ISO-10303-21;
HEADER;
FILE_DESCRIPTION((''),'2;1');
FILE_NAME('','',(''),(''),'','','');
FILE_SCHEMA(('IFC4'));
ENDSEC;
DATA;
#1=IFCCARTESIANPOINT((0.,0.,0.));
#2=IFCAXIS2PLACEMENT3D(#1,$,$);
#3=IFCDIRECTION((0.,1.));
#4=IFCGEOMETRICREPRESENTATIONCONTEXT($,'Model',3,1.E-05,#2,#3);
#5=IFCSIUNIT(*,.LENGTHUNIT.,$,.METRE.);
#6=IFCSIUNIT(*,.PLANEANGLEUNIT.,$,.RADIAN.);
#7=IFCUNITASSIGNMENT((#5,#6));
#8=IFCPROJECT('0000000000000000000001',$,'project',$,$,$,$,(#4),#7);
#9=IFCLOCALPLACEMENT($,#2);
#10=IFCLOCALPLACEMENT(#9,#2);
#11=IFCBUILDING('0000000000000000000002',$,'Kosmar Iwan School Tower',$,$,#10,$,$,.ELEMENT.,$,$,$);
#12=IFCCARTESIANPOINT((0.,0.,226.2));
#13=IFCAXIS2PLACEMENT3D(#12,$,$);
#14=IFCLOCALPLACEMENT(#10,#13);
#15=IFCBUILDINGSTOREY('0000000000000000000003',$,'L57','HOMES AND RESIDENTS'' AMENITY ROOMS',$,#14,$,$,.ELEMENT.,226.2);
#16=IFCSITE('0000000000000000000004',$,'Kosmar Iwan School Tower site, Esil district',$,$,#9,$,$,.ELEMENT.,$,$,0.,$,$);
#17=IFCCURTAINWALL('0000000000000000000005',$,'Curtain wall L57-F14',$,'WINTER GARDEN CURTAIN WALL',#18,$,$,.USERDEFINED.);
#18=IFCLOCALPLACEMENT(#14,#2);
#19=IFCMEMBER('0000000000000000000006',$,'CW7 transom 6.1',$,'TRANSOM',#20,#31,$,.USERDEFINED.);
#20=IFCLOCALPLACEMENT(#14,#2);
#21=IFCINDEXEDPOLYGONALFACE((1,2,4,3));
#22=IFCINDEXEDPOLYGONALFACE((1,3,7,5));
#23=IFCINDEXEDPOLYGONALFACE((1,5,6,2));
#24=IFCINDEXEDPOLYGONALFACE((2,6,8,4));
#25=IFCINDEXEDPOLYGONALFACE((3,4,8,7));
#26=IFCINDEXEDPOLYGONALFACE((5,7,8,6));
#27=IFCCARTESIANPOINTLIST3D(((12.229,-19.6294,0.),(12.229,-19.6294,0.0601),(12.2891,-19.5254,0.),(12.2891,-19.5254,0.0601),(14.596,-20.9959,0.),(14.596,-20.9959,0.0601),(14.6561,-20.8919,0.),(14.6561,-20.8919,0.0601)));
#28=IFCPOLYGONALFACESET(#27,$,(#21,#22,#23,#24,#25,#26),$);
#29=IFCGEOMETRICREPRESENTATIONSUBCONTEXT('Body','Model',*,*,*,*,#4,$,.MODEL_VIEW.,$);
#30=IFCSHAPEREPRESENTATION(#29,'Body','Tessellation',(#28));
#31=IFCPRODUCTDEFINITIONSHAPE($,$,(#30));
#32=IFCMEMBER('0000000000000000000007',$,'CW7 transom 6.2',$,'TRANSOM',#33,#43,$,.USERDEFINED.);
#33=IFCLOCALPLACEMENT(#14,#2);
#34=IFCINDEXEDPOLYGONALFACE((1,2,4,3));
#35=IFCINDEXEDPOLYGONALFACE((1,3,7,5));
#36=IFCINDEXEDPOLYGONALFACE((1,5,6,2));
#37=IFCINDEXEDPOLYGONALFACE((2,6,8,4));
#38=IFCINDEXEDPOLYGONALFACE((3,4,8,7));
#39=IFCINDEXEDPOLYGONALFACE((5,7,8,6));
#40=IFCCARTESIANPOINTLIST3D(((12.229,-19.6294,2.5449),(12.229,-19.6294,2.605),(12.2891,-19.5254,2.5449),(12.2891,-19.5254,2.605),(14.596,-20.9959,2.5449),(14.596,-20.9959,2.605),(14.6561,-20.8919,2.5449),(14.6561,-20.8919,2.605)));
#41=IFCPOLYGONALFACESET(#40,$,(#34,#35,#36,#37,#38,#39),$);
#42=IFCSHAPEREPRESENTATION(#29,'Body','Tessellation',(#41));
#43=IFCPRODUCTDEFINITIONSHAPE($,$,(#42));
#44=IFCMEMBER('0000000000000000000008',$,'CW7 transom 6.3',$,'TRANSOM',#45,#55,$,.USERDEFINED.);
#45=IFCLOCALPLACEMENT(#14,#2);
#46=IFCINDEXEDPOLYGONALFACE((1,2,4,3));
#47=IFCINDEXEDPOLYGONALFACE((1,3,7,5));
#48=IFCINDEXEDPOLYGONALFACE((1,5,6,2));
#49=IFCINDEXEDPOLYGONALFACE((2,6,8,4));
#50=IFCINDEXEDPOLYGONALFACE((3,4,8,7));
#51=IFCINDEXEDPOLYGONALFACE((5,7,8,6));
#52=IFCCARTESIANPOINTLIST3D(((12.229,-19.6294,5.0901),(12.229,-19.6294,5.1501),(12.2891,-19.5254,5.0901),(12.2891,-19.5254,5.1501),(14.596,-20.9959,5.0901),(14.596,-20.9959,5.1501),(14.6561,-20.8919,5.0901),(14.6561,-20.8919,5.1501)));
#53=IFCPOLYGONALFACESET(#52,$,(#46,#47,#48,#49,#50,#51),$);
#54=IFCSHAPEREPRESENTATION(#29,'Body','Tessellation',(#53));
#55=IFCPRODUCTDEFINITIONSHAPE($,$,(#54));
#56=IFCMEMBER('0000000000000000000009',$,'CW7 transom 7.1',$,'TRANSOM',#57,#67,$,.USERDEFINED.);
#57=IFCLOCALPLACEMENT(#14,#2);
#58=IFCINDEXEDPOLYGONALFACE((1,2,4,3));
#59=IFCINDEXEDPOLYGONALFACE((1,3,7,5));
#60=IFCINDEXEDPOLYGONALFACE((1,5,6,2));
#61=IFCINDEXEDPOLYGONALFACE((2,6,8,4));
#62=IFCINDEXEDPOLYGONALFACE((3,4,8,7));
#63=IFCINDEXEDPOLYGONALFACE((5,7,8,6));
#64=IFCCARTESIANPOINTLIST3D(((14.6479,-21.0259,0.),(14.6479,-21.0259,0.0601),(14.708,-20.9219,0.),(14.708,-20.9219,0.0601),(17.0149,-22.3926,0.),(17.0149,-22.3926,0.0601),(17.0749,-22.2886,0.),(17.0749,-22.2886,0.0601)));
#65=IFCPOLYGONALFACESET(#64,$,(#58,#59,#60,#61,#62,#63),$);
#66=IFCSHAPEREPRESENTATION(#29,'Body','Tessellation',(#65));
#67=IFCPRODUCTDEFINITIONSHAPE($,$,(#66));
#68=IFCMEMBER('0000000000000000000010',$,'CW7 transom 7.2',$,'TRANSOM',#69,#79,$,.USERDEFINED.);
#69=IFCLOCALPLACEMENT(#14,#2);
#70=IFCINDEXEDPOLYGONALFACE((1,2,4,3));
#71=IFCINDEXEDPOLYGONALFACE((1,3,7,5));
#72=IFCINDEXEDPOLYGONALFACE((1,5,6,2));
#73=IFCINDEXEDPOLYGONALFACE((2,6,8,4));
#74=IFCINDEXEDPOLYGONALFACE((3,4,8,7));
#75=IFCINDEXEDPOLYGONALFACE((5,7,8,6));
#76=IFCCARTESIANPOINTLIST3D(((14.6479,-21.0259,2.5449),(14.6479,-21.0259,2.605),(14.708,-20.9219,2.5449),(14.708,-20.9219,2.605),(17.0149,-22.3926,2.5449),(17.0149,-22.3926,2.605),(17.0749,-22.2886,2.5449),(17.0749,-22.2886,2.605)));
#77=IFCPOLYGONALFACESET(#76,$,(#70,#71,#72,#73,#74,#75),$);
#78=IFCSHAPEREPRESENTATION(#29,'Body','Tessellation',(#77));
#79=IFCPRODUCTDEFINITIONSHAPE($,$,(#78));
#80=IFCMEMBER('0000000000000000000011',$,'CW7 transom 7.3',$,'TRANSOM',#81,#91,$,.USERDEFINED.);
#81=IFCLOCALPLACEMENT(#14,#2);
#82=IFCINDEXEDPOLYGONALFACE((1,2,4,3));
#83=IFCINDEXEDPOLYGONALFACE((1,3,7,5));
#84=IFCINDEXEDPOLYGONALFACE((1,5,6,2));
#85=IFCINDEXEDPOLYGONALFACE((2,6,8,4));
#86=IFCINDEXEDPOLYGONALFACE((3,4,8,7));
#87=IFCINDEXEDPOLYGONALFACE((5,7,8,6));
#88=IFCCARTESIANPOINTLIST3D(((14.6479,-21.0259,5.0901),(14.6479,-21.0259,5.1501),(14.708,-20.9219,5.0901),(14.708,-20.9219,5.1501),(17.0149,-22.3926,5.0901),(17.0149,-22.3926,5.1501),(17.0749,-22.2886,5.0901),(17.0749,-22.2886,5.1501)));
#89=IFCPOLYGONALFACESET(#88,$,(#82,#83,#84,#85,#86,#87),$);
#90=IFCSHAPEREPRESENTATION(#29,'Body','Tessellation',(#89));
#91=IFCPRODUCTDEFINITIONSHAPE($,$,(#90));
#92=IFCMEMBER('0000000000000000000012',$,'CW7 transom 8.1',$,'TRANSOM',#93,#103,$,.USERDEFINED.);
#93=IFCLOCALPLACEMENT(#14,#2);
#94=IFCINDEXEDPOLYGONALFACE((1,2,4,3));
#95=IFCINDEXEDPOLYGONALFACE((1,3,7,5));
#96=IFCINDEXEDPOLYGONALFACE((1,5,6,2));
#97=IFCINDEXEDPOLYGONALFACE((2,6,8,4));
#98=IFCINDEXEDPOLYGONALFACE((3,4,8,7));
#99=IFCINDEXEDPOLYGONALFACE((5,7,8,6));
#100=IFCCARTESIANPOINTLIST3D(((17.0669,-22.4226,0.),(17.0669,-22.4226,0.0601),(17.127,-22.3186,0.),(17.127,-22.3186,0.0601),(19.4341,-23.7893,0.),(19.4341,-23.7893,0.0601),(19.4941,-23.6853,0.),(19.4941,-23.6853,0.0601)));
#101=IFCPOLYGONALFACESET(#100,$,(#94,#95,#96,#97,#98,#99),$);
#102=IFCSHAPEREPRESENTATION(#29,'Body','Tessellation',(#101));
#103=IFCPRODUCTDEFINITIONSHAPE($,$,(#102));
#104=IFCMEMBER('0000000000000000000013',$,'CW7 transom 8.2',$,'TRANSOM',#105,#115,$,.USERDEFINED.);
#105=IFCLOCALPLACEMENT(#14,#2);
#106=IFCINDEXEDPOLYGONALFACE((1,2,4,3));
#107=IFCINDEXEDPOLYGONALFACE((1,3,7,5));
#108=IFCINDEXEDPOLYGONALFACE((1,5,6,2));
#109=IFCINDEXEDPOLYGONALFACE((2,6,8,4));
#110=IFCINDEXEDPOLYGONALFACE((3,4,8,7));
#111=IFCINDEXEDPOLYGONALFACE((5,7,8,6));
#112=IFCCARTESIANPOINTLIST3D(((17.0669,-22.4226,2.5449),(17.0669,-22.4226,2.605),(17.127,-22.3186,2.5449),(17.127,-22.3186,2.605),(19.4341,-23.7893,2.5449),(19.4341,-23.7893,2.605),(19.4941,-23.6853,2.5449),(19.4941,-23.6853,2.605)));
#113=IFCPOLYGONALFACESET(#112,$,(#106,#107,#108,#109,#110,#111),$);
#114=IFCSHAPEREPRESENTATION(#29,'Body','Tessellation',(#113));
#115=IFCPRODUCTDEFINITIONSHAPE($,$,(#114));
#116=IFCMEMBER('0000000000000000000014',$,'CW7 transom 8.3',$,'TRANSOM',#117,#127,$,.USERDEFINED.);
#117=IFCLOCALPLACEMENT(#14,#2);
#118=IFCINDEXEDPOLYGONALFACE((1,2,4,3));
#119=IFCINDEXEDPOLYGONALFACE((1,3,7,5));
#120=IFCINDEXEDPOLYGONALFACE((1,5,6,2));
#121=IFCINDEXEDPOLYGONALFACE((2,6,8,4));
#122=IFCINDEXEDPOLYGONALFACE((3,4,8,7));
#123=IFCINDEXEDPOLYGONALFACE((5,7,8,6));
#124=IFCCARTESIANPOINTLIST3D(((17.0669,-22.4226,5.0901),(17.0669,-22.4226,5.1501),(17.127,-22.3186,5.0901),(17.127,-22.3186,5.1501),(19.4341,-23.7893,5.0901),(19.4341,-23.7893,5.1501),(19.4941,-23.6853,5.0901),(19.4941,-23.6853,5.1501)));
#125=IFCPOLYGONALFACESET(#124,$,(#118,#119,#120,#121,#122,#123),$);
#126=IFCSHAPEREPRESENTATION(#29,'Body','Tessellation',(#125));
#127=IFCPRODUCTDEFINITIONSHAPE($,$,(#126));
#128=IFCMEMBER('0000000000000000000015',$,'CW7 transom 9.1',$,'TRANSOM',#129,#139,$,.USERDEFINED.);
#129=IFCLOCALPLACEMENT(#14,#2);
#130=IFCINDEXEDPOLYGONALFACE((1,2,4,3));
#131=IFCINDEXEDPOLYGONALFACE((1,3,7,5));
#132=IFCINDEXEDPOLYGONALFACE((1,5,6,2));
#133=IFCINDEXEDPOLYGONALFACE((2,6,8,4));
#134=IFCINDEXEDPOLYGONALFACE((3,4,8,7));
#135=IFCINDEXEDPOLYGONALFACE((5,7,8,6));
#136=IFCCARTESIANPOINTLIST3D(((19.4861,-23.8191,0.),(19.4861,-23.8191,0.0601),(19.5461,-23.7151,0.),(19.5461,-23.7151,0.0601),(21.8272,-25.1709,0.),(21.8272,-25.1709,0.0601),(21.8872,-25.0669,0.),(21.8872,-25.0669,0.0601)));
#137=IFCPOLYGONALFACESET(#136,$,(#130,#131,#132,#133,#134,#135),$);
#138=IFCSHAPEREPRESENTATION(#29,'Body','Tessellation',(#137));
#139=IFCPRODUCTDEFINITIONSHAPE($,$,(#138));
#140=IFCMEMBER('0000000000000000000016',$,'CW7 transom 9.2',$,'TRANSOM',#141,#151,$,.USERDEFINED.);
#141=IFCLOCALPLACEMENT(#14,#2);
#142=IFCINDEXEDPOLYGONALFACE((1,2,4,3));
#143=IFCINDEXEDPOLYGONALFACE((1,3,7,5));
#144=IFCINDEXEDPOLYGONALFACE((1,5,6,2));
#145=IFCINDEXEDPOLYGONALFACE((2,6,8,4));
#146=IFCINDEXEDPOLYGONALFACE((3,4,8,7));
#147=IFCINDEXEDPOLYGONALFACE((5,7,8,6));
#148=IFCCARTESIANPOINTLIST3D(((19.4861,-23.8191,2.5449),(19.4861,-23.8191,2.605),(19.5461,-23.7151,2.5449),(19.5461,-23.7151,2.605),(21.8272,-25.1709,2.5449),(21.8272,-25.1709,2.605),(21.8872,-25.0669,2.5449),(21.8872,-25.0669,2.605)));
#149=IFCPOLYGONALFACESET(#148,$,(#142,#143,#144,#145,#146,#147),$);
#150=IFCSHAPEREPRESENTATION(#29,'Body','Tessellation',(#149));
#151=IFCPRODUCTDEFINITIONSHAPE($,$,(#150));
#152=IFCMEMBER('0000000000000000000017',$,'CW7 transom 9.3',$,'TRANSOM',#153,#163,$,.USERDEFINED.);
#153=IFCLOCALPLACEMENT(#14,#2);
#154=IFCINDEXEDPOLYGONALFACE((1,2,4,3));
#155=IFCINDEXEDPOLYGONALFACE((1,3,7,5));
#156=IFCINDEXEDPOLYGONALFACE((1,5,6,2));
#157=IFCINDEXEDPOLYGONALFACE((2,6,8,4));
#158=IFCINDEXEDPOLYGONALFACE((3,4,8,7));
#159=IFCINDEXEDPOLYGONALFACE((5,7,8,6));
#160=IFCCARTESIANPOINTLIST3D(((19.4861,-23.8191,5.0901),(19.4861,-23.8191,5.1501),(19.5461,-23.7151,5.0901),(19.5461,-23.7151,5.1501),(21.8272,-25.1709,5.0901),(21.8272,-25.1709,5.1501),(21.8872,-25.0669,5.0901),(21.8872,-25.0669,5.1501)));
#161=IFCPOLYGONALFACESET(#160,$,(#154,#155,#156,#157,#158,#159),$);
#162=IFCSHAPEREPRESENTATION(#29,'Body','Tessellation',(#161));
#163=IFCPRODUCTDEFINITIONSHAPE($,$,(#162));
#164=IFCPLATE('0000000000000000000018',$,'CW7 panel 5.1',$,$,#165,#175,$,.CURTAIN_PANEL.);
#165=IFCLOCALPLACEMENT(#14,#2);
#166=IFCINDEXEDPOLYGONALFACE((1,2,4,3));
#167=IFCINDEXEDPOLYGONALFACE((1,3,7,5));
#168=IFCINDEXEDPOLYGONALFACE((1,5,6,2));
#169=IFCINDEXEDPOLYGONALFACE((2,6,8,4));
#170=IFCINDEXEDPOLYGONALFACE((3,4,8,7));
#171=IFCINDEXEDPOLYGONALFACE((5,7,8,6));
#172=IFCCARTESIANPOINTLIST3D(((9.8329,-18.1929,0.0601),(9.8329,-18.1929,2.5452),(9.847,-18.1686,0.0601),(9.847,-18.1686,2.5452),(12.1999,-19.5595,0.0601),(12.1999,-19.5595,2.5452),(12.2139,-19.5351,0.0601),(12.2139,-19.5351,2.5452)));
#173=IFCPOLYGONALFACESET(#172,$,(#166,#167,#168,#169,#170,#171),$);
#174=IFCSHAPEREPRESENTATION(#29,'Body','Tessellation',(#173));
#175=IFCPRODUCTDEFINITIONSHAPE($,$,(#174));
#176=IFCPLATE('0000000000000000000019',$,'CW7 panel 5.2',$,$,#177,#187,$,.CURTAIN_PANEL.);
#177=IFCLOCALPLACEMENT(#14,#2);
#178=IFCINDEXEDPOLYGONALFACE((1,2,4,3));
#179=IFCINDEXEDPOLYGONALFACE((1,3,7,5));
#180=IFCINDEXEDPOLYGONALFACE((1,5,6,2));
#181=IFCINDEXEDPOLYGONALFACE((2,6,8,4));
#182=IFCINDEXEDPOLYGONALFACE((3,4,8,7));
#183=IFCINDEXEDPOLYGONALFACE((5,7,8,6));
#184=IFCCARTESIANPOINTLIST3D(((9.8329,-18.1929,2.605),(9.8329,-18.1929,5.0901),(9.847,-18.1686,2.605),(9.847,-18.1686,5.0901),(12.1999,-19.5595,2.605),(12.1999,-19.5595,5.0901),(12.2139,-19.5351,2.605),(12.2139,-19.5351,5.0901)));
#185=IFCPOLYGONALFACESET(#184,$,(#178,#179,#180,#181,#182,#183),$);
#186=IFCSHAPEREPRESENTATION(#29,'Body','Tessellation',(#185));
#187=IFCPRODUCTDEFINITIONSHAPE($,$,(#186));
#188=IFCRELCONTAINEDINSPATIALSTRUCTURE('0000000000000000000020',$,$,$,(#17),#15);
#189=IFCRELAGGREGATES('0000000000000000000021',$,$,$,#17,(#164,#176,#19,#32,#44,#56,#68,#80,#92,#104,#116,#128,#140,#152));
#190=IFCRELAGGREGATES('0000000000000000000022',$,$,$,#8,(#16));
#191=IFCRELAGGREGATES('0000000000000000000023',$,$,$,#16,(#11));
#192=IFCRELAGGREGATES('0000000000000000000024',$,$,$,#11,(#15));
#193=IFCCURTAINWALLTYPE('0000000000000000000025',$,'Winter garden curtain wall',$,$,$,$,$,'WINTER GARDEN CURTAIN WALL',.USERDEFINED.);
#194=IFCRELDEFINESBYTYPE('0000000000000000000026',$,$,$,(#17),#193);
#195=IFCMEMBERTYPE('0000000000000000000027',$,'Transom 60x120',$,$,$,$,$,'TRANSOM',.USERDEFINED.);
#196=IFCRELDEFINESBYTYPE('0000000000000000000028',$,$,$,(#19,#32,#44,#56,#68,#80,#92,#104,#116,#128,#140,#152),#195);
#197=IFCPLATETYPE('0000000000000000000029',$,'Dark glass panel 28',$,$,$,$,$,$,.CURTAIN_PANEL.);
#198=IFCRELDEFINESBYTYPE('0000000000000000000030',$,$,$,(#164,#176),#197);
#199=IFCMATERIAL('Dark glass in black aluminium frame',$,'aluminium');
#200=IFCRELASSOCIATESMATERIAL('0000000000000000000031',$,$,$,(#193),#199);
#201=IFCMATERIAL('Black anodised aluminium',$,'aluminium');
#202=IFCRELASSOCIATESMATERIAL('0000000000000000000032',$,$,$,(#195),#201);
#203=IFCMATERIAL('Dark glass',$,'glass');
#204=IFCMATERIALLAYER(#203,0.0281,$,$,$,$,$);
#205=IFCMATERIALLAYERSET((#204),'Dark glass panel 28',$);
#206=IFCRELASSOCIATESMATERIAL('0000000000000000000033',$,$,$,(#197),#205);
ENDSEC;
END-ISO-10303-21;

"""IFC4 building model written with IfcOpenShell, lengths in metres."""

from ifc_helpers import new_model, si_unit, direction, frame, origin, origin_2d, place, context, subcontext, project, spatial, rectangle, extrude, material, layer, layer_set, material_profile, profile_set, type_object, element, aggregate, save


model = new_model("IFC4")

# Units and contexts
model_context = context("Model", 3, precision=1e-05, world=origin(), true_north=direction((0.0, 1.0)))
body_context = subcontext(model_context, "Body", "Model", "MODEL_VIEW")
ifc_project = project(units=[si_unit("LENGTHUNIT", "METRE"), si_unit("PLANEANGLEUNIT", "RADIAN")], contexts=[model_context])

# Site, building, storey
site_placement = place(None, origin())
site = spatial("IfcSite", under=ifc_project, at=site_placement, Name="Kosmar Iwan School Tower site, Esil district", CompositionType="ELEMENT", RefElevation=0.0)
building_placement = place(site_placement, origin())
building = spatial("IfcBuilding", under=site, at=building_placement, Name="Kosmar Iwan School Tower", CompositionType="ELEMENT")
storey_placement = place(building_placement, frame((0.0, 0.0, 226.2)))
storey = spatial("IfcBuildingStorey", under=building, at=storey_placement, Name="L57", Description="HOMES AND RESIDENTS' AMENITY ROOMS", CompositionType="ELEMENT", Elevation=226.2)

# Curtain wall
ifc_material_1 = material(Name="Dark glass in black aluminium frame", Category="aluminium")
curtain_wall_type_1 = type_object("IfcCurtainWallType", Name="Winter garden curtain wall", ElementType="WINTER GARDEN CURTAIN WALL", PredefinedType="USERDEFINED", material=ifc_material_1)
curtain_wall_1_placement = place(storey_placement, origin())
curtain_wall_1 = element("IfcCurtainWall", 1, at=curtain_wall_1_placement, inside=storey, type_object=curtain_wall_type_1, Name="Curtain wall L57-F14", ObjectType="WINTER GARDEN CURTAIN WALL", PredefinedType="USERDEFINED")

# Members
ifc_material_2 = material(Name="Black anodised aluminium", Category="aluminium")
ifc_material_profile_1 = material_profile(ifc_material_2, rectangle(XDim=0.1201, YDim=0.0601, at=origin_2d()), Name="TRANSOM 60x120")
ifc_profile_set_1 = profile_set([ifc_material_profile_1], Name="Black anodised aluminium")
member_type_1 = type_object("IfcMemberType", Name="Transom 60x120", ElementType="TRANSOM", PredefinedType="USERDEFINED", material=ifc_profile_set_1)
member_1_placement = place(storey_placement, frame((12.259, -19.5774, 0.03), z_axis=(0.866041, -0.499972, 0.0), x_axis=(0.499972, 0.866041, 0.0)))
member_1 = element("IfcMember", 2, at=member_1_placement, type_object=member_type_1, Name="CW7 transom 6.1", ObjectType="TRANSOM", PredefinedType="USERDEFINED", context=body_context, shape_type="SweptSolid", body=[
    extrude(rectangle(XDim=0.1201, YDim=0.0601, at=origin_2d()), origin(), (0.0, 0.0, 1.0), 2.7332),
])
member_2_placement = place(storey_placement, frame((12.259, -19.5774, 2.575), z_axis=(0.866041, -0.499972, 0.0), x_axis=(0.499972, 0.866041, 0.0)))
member_2 = element("IfcMember", 3, at=member_2_placement, type_object=member_type_1, Name="CW7 transom 6.2", ObjectType="TRANSOM", PredefinedType="USERDEFINED", context=body_context, shape_type="SweptSolid", body=[
    extrude(rectangle(XDim=0.1201, YDim=0.0601, at=origin_2d()), origin(), (0.0, 0.0, 1.0), 2.7332),
])
member_3_placement = place(storey_placement, frame((12.259, -19.5774, 5.1201), z_axis=(0.866041, -0.499972, 0.0), x_axis=(0.499972, 0.866041, 0.0)))
member_3 = element("IfcMember", 4, at=member_3_placement, type_object=member_type_1, Name="CW7 transom 6.3", ObjectType="TRANSOM", PredefinedType="USERDEFINED", context=body_context, shape_type="SweptSolid", body=[
    extrude(rectangle(XDim=0.1201, YDim=0.0601, at=origin_2d()), origin(), (0.0, 0.0, 1.0), 2.7332),
])
member_4_placement = place(storey_placement, frame((14.678, -20.9739, 0.03), z_axis=(0.866003, -0.500039, 0.0), x_axis=(0.500039, 0.866003, 0.0)))
member_4 = element("IfcMember", 5, at=member_4_placement, type_object=member_type_1, Name="CW7 transom 7.1", ObjectType="TRANSOM", PredefinedType="USERDEFINED", context=body_context, shape_type="SweptSolid", body=[
    extrude(rectangle(XDim=0.1201, YDim=0.0601, at=origin_2d()), origin(), (0.0, 0.0, 1.0), 2.7332),
])
member_5_placement = place(storey_placement, frame((14.678, -20.9739, 2.575), z_axis=(0.866003, -0.500039, 0.0), x_axis=(0.500039, 0.866003, 0.0)))
member_5 = element("IfcMember", 6, at=member_5_placement, type_object=member_type_1, Name="CW7 transom 7.2", ObjectType="TRANSOM", PredefinedType="USERDEFINED", context=body_context, shape_type="SweptSolid", body=[
    extrude(rectangle(XDim=0.1201, YDim=0.0601, at=origin_2d()), origin(), (0.0, 0.0, 1.0), 2.7332),
])
member_6_placement = place(storey_placement, frame((14.678, -20.9739, 5.1201), z_axis=(0.866003, -0.500039, 0.0), x_axis=(0.500039, 0.866003, 0.0)))
member_6 = element("IfcMember", 7, at=member_6_placement, type_object=member_type_1, Name="CW7 transom 7.3", ObjectType="TRANSOM", PredefinedType="USERDEFINED", context=body_context, shape_type="SweptSolid", body=[
    extrude(rectangle(XDim=0.1201, YDim=0.0601, at=origin_2d()), origin(), (0.0, 0.0, 1.0), 2.7332),
])
member_7_placement = place(storey_placement, frame((17.0969, -22.3706, 0.03), z_axis=(0.866025, -0.500001, 0.0), x_axis=(0.500001, 0.866025, 0.0)))
member_7 = element("IfcMember", 8, at=member_7_placement, type_object=member_type_1, Name="CW7 transom 8.1", ObjectType="TRANSOM", PredefinedType="USERDEFINED", context=body_context, shape_type="SweptSolid", body=[
    extrude(rectangle(XDim=0.1201, YDim=0.0601, at=origin_2d()), origin(), (0.0, 0.0, 1.0), 2.7334),
])
member_8_placement = place(storey_placement, frame((17.0969, -22.3706, 2.575), z_axis=(0.866025, -0.500001, 0.0), x_axis=(0.500001, 0.866025, 0.0)))
member_8 = element("IfcMember", 9, at=member_8_placement, type_object=member_type_1, Name="CW7 transom 8.2", ObjectType="TRANSOM", PredefinedType="USERDEFINED", context=body_context, shape_type="SweptSolid", body=[
    extrude(rectangle(XDim=0.1201, YDim=0.0601, at=origin_2d()), origin(), (0.0, 0.0, 1.0), 2.7334),
])
member_9_placement = place(storey_placement, frame((17.0969, -22.3706, 5.1201), z_axis=(0.866025, -0.500001, 0.0), x_axis=(0.500001, 0.866025, 0.0)))
member_9 = element("IfcMember", 10, at=member_9_placement, type_object=member_type_1, Name="CW7 transom 8.3", ObjectType="TRANSOM", PredefinedType="USERDEFINED", context=body_context, shape_type="SweptSolid", body=[
    extrude(rectangle(XDim=0.1201, YDim=0.0601, at=origin_2d()), origin(), (0.0, 0.0, 1.0), 2.7334),
])
member_10_placement = place(storey_placement, frame((19.5161, -23.7671, 0.03), z_axis=(0.865995, -0.500053, 0.0), x_axis=(0.500053, 0.865995, 0.0)))
member_10 = element("IfcMember", 11, at=member_10_placement, type_object=member_type_1, Name="CW7 transom 9.1", ObjectType="TRANSOM", PredefinedType="USERDEFINED", context=body_context, shape_type="SweptSolid", body=[
    extrude(rectangle(XDim=0.1201, YDim=0.0601, at=origin_2d()), origin(), (0.0, 0.0, 1.0), 2.7034),
])
member_11_placement = place(storey_placement, frame((19.5161, -23.7671, 2.575), z_axis=(0.865995, -0.500053, 0.0), x_axis=(0.500053, 0.865995, 0.0)))
member_11 = element("IfcMember", 12, at=member_11_placement, type_object=member_type_1, Name="CW7 transom 9.2", ObjectType="TRANSOM", PredefinedType="USERDEFINED", context=body_context, shape_type="SweptSolid", body=[
    extrude(rectangle(XDim=0.1201, YDim=0.0601, at=origin_2d()), origin(), (0.0, 0.0, 1.0), 2.7034),
])
member_12_placement = place(storey_placement, frame((19.5161, -23.7671, 5.1201), z_axis=(0.865995, -0.500053, 0.0), x_axis=(0.500053, 0.865995, 0.0)))
member_12 = element("IfcMember", 13, at=member_12_placement, type_object=member_type_1, Name="CW7 transom 9.3", ObjectType="TRANSOM", PredefinedType="USERDEFINED", context=body_context, shape_type="SweptSolid", body=[
    extrude(rectangle(XDim=0.1201, YDim=0.0601, at=origin_2d()), origin(), (0.0, 0.0, 1.0), 2.7034),
])

# Plates
ifc_material_3 = material(Name="Dark glass", Category="glass")
ifc_layer = layer(ifc_material_3, 0.0281)
ifc_layer_set = layer_set([ifc_layer], Name="Dark glass panel 28")
plate_type = type_object("IfcPlateType", Name="Dark glass panel 28", PredefinedType="CURTAIN_PANEL", material=ifc_layer_set)
plate_1_placement = place(storey_placement, frame((11.0234, -18.864, 0.0601), z_axis=(0.0, 0.0, 1.0), x_axis=(0.866025, -0.5, 0.0)))
plate_1 = element("IfcPlate", 14, at=plate_1_placement, type_object=plate_type, Name="CW7 panel 5.1", PredefinedType="CURTAIN_PANEL", context=body_context, shape_type="SweptSolid", body=[
    extrude(rectangle(XDim=2.7332, YDim=0.0281, at=origin_2d()), origin(), (0.0, 0.0, 1.0), 2.4851),
])
plate_2_placement = place(storey_placement, frame((11.0234, -18.864, 2.605), z_axis=(0.0, 0.0, 1.0), x_axis=(0.866025, -0.5, 0.0)))
plate_2 = element("IfcPlate", 15, at=plate_2_placement, type_object=plate_type, Name="CW7 panel 5.2", PredefinedType="CURTAIN_PANEL", context=body_context, shape_type="SweptSolid", body=[
    extrude(rectangle(XDim=2.7332, YDim=0.0281, at=origin_2d()), origin(), (0.0, 0.0, 1.0), 2.4851),
])
aggregate(curtain_wall_1, [plate_1, plate_2, member_1, member_2, member_3, member_4, member_5, member_6, member_7, member_8, member_9, member_10, member_11, member_12])

save(model, "model.ifc")
